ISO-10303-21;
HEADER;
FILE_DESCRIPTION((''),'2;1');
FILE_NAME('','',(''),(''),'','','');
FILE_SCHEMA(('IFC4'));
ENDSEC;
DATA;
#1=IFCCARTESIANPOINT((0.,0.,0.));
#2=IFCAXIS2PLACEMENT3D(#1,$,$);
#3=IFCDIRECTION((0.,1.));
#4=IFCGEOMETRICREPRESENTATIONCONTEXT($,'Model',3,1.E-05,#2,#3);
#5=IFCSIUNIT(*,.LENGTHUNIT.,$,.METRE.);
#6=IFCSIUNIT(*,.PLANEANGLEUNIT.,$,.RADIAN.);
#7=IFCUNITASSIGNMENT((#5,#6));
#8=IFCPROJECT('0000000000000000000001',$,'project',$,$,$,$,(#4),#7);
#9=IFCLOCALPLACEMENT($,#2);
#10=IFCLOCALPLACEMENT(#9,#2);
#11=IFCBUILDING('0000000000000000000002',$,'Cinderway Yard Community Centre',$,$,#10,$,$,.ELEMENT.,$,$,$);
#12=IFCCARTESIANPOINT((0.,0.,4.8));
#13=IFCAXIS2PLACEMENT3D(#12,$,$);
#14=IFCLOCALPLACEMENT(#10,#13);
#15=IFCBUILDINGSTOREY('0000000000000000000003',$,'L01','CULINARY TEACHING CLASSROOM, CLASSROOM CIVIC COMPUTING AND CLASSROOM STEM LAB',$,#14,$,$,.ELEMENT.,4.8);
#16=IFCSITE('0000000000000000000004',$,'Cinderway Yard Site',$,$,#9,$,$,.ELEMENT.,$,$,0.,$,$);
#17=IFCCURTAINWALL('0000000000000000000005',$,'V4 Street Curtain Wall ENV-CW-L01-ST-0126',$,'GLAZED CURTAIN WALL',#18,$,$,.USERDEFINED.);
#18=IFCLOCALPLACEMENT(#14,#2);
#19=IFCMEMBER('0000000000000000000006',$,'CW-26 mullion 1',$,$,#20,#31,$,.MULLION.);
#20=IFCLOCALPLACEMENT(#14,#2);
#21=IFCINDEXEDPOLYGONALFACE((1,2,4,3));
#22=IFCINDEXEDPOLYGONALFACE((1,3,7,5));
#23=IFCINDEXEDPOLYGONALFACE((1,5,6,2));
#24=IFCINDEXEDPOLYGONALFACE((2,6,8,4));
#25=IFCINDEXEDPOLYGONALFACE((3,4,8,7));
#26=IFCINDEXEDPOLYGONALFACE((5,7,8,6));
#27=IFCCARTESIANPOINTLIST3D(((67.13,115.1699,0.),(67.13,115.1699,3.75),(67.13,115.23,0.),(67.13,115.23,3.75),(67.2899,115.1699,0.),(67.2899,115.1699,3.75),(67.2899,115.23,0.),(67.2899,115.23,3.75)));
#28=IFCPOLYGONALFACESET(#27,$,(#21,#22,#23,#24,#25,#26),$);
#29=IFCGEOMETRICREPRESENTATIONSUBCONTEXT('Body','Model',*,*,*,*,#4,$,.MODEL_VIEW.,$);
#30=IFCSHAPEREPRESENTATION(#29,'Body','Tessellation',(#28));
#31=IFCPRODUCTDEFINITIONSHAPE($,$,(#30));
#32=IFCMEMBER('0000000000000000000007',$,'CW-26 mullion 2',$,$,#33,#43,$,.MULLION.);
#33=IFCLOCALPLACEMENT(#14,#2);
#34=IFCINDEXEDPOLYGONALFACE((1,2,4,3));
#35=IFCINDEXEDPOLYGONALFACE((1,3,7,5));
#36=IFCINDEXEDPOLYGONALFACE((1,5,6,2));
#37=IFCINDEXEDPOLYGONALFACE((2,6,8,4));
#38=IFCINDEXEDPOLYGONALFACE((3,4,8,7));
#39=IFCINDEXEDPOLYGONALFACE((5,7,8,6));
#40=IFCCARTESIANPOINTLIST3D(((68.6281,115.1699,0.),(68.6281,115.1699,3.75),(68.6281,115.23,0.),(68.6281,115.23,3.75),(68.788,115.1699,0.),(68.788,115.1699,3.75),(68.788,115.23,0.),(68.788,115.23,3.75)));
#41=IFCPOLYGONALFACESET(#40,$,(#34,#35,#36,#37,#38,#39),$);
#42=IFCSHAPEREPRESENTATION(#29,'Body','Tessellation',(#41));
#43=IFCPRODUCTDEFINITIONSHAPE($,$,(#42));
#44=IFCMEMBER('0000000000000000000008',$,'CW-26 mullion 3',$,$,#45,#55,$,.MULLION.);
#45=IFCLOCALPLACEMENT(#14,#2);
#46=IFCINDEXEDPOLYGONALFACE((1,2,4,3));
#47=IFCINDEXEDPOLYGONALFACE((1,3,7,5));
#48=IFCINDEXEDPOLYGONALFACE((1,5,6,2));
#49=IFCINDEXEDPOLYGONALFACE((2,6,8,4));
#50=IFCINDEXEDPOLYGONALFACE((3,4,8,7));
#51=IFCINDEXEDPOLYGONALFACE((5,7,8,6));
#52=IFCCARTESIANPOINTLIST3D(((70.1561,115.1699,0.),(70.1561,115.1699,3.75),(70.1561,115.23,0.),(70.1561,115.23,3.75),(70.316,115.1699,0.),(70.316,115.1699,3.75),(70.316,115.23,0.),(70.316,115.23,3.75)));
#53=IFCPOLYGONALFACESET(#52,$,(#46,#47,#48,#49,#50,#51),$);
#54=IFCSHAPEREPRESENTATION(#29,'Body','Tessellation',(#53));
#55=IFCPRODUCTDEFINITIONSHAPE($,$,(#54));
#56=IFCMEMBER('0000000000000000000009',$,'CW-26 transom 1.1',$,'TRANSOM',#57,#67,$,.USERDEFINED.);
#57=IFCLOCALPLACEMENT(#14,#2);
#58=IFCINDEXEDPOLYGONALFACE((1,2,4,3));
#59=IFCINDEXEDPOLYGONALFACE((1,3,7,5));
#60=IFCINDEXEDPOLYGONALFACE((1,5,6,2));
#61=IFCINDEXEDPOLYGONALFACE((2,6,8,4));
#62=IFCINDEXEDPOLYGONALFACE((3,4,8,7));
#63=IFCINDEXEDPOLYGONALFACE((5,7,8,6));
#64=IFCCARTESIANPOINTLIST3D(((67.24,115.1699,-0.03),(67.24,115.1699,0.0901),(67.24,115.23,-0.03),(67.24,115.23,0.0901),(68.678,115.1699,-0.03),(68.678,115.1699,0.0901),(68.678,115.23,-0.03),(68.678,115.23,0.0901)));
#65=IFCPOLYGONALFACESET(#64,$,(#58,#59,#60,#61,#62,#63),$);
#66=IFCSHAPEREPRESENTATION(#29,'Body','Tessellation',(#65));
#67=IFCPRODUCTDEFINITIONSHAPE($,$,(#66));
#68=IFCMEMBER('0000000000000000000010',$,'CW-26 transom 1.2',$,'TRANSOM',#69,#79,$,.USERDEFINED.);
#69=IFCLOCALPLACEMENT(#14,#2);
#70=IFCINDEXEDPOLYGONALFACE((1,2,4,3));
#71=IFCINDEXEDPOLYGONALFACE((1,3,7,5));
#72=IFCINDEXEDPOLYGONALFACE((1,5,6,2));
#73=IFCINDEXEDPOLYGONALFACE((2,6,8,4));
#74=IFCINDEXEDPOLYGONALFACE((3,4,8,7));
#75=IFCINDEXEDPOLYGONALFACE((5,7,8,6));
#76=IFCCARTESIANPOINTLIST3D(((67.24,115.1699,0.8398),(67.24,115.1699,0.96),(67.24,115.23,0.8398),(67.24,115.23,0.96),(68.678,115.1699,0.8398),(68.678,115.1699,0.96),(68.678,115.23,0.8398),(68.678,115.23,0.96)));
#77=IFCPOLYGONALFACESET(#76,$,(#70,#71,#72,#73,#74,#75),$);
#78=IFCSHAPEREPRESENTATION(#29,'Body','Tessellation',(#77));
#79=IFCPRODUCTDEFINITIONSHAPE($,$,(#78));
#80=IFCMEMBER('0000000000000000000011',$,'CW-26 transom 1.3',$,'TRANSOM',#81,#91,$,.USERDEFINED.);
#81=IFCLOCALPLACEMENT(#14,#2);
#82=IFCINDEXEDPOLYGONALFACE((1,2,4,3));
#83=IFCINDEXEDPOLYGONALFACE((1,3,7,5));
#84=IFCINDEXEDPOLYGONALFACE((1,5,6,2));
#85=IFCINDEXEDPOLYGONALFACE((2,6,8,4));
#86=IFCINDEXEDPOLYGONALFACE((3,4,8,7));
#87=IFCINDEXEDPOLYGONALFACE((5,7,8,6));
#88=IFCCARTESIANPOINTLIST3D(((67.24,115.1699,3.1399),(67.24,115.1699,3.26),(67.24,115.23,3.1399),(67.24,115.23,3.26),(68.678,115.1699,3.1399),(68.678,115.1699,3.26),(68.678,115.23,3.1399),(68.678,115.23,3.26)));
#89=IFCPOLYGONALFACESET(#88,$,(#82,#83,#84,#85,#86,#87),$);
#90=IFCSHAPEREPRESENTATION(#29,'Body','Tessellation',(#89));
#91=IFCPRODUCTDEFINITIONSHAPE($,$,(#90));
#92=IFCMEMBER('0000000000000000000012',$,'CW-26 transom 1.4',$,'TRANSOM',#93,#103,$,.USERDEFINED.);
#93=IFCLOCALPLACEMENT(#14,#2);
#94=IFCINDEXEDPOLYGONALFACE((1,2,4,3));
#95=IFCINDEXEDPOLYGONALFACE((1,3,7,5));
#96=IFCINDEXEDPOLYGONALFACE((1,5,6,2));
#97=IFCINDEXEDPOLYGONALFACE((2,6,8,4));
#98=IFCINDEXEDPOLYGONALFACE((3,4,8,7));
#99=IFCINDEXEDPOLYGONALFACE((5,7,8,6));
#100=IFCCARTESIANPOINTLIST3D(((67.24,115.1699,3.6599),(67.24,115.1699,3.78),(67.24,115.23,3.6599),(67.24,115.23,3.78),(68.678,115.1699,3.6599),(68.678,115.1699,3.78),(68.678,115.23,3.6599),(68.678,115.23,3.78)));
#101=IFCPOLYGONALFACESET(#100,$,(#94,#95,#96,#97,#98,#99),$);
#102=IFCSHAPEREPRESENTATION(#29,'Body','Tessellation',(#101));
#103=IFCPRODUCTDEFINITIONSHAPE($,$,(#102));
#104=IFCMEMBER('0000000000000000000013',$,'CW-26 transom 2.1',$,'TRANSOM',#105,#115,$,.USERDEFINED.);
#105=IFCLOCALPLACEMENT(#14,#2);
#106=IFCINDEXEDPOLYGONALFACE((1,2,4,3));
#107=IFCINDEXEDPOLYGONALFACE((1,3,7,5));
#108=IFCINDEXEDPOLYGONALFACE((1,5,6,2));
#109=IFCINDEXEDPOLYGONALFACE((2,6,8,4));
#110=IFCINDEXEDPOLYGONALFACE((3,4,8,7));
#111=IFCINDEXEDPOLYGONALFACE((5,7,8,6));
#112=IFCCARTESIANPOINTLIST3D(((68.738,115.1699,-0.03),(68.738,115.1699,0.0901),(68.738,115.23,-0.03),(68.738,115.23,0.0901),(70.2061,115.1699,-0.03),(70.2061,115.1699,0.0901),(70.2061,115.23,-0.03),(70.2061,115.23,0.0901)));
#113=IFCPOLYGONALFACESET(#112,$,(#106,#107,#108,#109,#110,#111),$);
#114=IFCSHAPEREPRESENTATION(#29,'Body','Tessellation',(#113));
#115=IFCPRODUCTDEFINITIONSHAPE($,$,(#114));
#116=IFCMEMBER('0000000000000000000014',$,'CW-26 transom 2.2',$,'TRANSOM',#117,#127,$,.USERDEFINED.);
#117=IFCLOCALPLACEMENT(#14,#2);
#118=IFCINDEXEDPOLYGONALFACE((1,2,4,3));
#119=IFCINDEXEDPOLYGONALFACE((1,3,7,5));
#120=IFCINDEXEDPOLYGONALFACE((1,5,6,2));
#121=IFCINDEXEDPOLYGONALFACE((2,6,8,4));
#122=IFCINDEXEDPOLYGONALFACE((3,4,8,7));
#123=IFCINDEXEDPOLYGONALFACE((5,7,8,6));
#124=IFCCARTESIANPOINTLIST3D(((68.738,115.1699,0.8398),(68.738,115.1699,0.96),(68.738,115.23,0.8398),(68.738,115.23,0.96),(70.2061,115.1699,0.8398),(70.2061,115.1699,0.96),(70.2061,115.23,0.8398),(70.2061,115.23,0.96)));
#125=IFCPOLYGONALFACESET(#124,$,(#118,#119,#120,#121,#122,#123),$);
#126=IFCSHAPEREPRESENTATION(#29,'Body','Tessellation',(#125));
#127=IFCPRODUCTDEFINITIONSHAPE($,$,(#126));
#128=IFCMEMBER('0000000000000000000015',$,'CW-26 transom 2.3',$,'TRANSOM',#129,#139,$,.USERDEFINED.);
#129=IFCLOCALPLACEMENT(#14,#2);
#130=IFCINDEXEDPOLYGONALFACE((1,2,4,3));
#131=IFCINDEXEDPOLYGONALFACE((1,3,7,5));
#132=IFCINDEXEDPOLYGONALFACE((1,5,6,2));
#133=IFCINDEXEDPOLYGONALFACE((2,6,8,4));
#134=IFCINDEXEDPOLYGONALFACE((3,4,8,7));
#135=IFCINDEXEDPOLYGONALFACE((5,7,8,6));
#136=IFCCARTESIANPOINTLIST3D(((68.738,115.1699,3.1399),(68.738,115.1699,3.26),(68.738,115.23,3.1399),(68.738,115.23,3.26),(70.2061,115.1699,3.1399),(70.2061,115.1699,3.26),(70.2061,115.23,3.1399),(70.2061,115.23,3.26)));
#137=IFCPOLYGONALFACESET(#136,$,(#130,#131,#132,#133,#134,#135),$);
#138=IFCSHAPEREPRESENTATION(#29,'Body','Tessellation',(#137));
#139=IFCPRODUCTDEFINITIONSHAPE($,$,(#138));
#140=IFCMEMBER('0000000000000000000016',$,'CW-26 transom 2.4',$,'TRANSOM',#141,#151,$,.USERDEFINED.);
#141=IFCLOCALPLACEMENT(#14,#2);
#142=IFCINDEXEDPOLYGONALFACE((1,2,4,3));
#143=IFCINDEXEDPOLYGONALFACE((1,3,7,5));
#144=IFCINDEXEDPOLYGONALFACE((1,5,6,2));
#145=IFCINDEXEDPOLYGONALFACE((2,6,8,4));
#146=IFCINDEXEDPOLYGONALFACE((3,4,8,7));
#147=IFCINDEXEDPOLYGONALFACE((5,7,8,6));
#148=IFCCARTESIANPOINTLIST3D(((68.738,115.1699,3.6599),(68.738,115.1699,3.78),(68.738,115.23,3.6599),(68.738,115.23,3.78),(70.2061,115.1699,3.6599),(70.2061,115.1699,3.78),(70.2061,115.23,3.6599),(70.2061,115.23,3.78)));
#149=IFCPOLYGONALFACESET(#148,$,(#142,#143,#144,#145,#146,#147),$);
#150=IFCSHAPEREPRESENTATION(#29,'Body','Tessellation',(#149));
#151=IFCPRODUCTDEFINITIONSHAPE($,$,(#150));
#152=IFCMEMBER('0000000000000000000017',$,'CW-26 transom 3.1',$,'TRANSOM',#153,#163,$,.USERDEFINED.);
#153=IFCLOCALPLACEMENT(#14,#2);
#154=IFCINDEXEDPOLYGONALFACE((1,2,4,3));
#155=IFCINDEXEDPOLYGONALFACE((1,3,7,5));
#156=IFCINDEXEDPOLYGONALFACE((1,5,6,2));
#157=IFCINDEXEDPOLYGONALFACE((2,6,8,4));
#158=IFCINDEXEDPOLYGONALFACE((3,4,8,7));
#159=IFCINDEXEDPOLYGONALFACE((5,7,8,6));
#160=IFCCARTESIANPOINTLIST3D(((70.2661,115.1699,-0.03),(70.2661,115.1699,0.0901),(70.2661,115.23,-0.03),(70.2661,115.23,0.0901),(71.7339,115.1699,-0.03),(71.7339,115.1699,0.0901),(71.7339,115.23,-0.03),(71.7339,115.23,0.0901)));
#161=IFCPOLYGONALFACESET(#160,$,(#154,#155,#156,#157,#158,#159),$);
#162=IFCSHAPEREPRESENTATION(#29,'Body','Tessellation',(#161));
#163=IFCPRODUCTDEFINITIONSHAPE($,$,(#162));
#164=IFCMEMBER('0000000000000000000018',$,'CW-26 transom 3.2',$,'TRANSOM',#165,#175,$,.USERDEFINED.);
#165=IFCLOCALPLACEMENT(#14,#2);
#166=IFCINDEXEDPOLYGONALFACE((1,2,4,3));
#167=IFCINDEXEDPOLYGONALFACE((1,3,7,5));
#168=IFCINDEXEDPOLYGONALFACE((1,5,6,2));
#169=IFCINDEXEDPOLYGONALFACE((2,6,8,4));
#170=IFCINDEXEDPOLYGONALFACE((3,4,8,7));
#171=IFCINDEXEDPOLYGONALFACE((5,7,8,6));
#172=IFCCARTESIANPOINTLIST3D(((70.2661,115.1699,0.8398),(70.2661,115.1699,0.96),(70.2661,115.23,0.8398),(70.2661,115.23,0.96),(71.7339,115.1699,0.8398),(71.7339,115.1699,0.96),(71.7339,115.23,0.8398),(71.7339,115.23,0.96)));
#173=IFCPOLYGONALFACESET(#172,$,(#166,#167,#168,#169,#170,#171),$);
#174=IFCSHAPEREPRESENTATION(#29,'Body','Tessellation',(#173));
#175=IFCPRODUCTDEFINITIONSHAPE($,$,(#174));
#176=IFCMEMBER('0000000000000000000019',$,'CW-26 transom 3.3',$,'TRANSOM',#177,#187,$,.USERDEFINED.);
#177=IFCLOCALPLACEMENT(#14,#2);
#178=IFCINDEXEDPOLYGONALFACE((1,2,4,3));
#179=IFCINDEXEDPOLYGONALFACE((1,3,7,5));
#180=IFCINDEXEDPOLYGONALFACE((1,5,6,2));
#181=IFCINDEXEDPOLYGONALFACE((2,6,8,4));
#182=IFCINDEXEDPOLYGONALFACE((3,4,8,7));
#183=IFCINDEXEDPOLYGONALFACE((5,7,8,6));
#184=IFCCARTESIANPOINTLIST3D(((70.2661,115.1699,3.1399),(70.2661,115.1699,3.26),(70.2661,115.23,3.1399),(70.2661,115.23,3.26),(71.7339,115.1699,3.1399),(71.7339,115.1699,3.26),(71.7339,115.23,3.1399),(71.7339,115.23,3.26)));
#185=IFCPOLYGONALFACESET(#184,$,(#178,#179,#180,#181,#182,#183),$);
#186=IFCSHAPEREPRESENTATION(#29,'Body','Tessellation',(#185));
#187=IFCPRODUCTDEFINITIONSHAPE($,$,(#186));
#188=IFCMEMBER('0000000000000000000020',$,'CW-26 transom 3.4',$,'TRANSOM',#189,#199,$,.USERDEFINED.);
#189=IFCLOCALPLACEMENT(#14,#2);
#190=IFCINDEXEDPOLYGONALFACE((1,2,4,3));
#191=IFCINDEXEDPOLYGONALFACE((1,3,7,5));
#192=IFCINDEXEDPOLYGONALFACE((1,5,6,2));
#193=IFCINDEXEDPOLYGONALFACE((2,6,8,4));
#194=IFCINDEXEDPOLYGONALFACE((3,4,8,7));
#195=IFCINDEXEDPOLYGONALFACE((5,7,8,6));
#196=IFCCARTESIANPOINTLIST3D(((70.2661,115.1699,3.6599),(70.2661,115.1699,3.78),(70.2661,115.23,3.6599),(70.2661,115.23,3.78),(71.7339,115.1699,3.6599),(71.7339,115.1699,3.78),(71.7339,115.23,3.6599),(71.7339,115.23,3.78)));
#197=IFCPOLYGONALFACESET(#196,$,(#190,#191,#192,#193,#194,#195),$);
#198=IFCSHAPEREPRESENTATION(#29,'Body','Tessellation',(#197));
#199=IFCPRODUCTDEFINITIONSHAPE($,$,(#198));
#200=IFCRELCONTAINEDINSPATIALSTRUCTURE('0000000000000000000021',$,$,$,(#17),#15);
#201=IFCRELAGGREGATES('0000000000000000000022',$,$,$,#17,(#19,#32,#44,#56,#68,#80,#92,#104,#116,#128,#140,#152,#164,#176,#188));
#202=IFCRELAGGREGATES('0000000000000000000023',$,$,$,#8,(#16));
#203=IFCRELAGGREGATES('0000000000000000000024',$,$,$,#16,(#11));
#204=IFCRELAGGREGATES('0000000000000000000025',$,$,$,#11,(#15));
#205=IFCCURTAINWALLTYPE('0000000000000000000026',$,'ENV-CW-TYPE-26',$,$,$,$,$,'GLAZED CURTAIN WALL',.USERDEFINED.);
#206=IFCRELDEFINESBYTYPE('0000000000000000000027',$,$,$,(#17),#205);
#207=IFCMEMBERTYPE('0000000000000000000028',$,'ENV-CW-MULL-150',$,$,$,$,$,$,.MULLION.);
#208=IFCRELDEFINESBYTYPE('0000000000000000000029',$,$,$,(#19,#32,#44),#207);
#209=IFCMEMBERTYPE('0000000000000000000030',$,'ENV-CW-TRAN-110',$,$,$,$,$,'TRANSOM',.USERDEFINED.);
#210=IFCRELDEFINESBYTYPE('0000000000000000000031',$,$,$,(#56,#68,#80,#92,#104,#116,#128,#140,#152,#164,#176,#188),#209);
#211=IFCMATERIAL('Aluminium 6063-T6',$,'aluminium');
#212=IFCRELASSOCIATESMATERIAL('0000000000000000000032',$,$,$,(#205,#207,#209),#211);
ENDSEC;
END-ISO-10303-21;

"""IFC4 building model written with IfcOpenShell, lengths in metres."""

from ifc_helpers import new_model, si_unit, direction, frame, origin, origin_2d, place, context, subcontext, project, spatial, rectangle, extrude, material, material_profile, profile_set, type_object, element, aggregate, save


model = new_model("IFC4")

# Units and contexts
model_context = context("Model", 3, precision=1e-05, world=origin(), true_north=direction((0.0, 1.0)))
body_context = subcontext(model_context, "Body", "Model", "MODEL_VIEW")
ifc_project = project(units=[si_unit("LENGTHUNIT", "METRE"), si_unit("PLANEANGLEUNIT", "RADIAN")], contexts=[model_context])

# Site, building, storey
site_placement = place(None, origin())
site = spatial("IfcSite", under=ifc_project, at=site_placement, Name="Cinderway Yard Site", CompositionType="ELEMENT", RefElevation=0.0)
building_placement = place(site_placement, origin())
building = spatial("IfcBuilding", under=site, at=building_placement, Name="Cinderway Yard Community Centre", CompositionType="ELEMENT")
storey_placement = place(building_placement, frame((0.0, 0.0, 4.8)))
storey = spatial("IfcBuildingStorey", under=building, at=storey_placement, Name="L01", Description="CULINARY TEACHING CLASSROOM, CLASSROOM CIVIC COMPUTING AND CLASSROOM STEM LAB", CompositionType="ELEMENT", Elevation=4.8)

# Curtain wall, members
ifc_material_1 = material(Name="Aluminium 6063-T6", Category="aluminium")
curtain_wall_type = type_object("IfcCurtainWallType", Name="ENV-CW-TYPE-26", ElementType="GLAZED CURTAIN WALL", PredefinedType="USERDEFINED", material=ifc_material_1)
curtain_wall_placement = place(storey_placement, origin())
curtain_wall = element("IfcCurtainWall", 1, at=curtain_wall_placement, inside=storey, type_object=curtain_wall_type, Name="V4 Street Curtain Wall ENV-CW-L01-ST-0126", ObjectType="GLAZED CURTAIN WALL", PredefinedType="USERDEFINED")
ifc_material_profile_1 = material_profile(ifc_material_1, rectangle(XDim=0.0601, YDim=0.1599, at=origin_2d()), Name="Aluminium 6063-T6")
ifc_profile_set_1 = profile_set([ifc_material_profile_1], Name="Aluminium 6063-T6")
member_type_1 = type_object("IfcMemberType", Name="ENV-CW-MULL-150", PredefinedType="MULLION", material=ifc_profile_set_1)
member_1_placement = place(storey_placement, frame((67.21, 115.2, 0.0), z_axis=(0.0, 0.0, 1.0), x_axis=(0.0, 1.0, 0.0)))
member_1 = element("IfcMember", 2, at=member_1_placement, type_object=member_type_1, Name="CW-26 mullion 1", PredefinedType="MULLION", context=body_context, shape_type="SweptSolid", body=[
    extrude(rectangle(XDim=0.0601, YDim=0.1599, at=origin_2d()), origin(), (0.0, 0.0, 1.0), 3.75),
])
member_2_placement = place(storey_placement, frame((68.708, 115.2, 0.0), z_axis=(0.0, 0.0, 1.0), x_axis=(0.0, 1.0, 0.0)))
member_2 = element("IfcMember", 3, at=member_2_placement, type_object=member_type_1, Name="CW-26 mullion 2", PredefinedType="MULLION", context=body_context, shape_type="SweptSolid", body=[
    extrude(rectangle(XDim=0.0601, YDim=0.1599, at=origin_2d()), origin(), (0.0, 0.0, 1.0), 3.75),
])
member_3_placement = place(storey_placement, frame((70.2361, 115.2, 0.0), z_axis=(0.0, 0.0, 1.0), x_axis=(0.0, 1.0, 0.0)))
member_3 = element("IfcMember", 4, at=member_3_placement, type_object=member_type_1, Name="CW-26 mullion 3", PredefinedType="MULLION", context=body_context, shape_type="SweptSolid", body=[
    extrude(rectangle(XDim=0.0601, YDim=0.1599, at=origin_2d()), origin(), (0.0, 0.0, 1.0), 3.75),
])
ifc_material_profile_2 = material_profile(ifc_material_1, rectangle(XDim=0.0601, YDim=0.1201, at=origin_2d()), Name="Aluminium 6063-T6")
ifc_profile_set_2 = profile_set([ifc_material_profile_2], Name="Aluminium 6063-T6")
member_type_2 = type_object("IfcMemberType", Name="ENV-CW-TRAN-110", ElementType="TRANSOM", PredefinedType="USERDEFINED", material=ifc_profile_set_2)
member_4_placement = place(storey_placement, frame((67.24, 115.2, 0.03), z_axis=(1.0, 0.0, 0.0), x_axis=(0.0, 1.0, 0.0)))
member_4 = element("IfcMember", 5, at=member_4_placement, type_object=member_type_2, Name="CW-26 transom 1.1", ObjectType="TRANSOM", PredefinedType="USERDEFINED", context=body_context, shape_type="SweptSolid", body=[
    extrude(rectangle(XDim=0.0601, YDim=0.1201, at=origin_2d()), origin(), (0.0, 0.0, 1.0), 1.438),
])
member_5_placement = place(storey_placement, frame((67.24, 115.2, 0.8999), z_axis=(1.0, 0.0, 0.0), x_axis=(0.0, 1.0, 0.0)))
member_5 = element("IfcMember", 6, at=member_5_placement, type_object=member_type_2, Name="CW-26 transom 1.2", ObjectType="TRANSOM", PredefinedType="USERDEFINED", context=body_context, shape_type="SweptSolid", body=[
    extrude(rectangle(XDim=0.0601, YDim=0.1201, at=origin_2d()), origin(), (0.0, 0.0, 1.0), 1.438),
])
member_6_placement = place(storey_placement, frame((67.24, 115.2, 3.2), z_axis=(1.0, 0.0, 0.0), x_axis=(0.0, 1.0, 0.0)))
member_6 = element("IfcMember", 7, at=member_6_placement, type_object=member_type_2, Name="CW-26 transom 1.3", ObjectType="TRANSOM", PredefinedType="USERDEFINED", context=body_context, shape_type="SweptSolid", body=[
    extrude(rectangle(XDim=0.0601, YDim=0.1201, at=origin_2d()), origin(), (0.0, 0.0, 1.0), 1.438),
])
member_7_placement = place(storey_placement, frame((67.24, 115.2, 3.72), z_axis=(1.0, 0.0, 0.0), x_axis=(0.0, 1.0, 0.0)))
member_7 = element("IfcMember", 8, at=member_7_placement, type_object=member_type_2, Name="CW-26 transom 1.4", ObjectType="TRANSOM", PredefinedType="USERDEFINED", context=body_context, shape_type="SweptSolid", body=[
    extrude(rectangle(XDim=0.0601, YDim=0.1201, at=origin_2d()), origin(), (0.0, 0.0, 1.0), 1.438),
])
member_8_placement = place(storey_placement, frame((68.738, 115.2, 0.03), z_axis=(1.0, 0.0, 0.0), x_axis=(0.0, 1.0, 0.0)))
member_8 = element("IfcMember", 9, at=member_8_placement, type_object=member_type_2, Name="CW-26 transom 2.1", ObjectType="TRANSOM", PredefinedType="USERDEFINED", context=body_context, shape_type="SweptSolid", body=[
    extrude(rectangle(XDim=0.0601, YDim=0.1201, at=origin_2d()), origin(), (0.0, 0.0, 1.0), 1.468),
])
member_9_placement = place(storey_placement, frame((68.738, 115.2, 0.8999), z_axis=(1.0, 0.0, 0.0), x_axis=(0.0, 1.0, 0.0)))
member_9 = element("IfcMember", 10, at=member_9_placement, type_object=member_type_2, Name="CW-26 transom 2.2", ObjectType="TRANSOM", PredefinedType="USERDEFINED", context=body_context, shape_type="SweptSolid", body=[
    extrude(rectangle(XDim=0.0601, YDim=0.1201, at=origin_2d()), origin(), (0.0, 0.0, 1.0), 1.468),
])
member_10_placement = place(storey_placement, frame((68.738, 115.2, 3.2), z_axis=(1.0, 0.0, 0.0), x_axis=(0.0, 1.0, 0.0)))
member_10 = element("IfcMember", 11, at=member_10_placement, type_object=member_type_2, Name="CW-26 transom 2.3", ObjectType="TRANSOM", PredefinedType="USERDEFINED", context=body_context, shape_type="SweptSolid", body=[
    extrude(rectangle(XDim=0.0601, YDim=0.1201, at=origin_2d()), origin(), (0.0, 0.0, 1.0), 1.468),
])
member_11_placement = place(storey_placement, frame((68.738, 115.2, 3.72), z_axis=(1.0, 0.0, 0.0), x_axis=(0.0, 1.0, 0.0)))
member_11 = element("IfcMember", 12, at=member_11_placement, type_object=member_type_2, Name="CW-26 transom 2.4", ObjectType="TRANSOM", PredefinedType="USERDEFINED", context=body_context, shape_type="SweptSolid", body=[
    extrude(rectangle(XDim=0.0601, YDim=0.1201, at=origin_2d()), origin(), (0.0, 0.0, 1.0), 1.468),
])
member_12_placement = place(storey_placement, frame((70.2661, 115.2, 0.03), z_axis=(1.0, 0.0, 0.0), x_axis=(0.0, 1.0, 0.0)))
member_12 = element("IfcMember", 13, at=member_12_placement, type_object=member_type_2, Name="CW-26 transom 3.1", ObjectType="TRANSOM", PredefinedType="USERDEFINED", context=body_context, shape_type="SweptSolid", body=[
    extrude(rectangle(XDim=0.0601, YDim=0.1201, at=origin_2d()), origin(), (0.0, 0.0, 1.0), 1.4678),
])
member_13_placement = place(storey_placement, frame((70.2661, 115.2, 0.8999), z_axis=(1.0, 0.0, 0.0), x_axis=(0.0, 1.0, 0.0)))
member_13 = element("IfcMember", 14, at=member_13_placement, type_object=member_type_2, Name="CW-26 transom 3.2", ObjectType="TRANSOM", PredefinedType="USERDEFINED", context=body_context, shape_type="SweptSolid", body=[
    extrude(rectangle(XDim=0.0601, YDim=0.1201, at=origin_2d()), origin(), (0.0, 0.0, 1.0), 1.4678),
])
member_14_placement = place(storey_placement, frame((70.2661, 115.2, 3.2), z_axis=(1.0, 0.0, 0.0), x_axis=(0.0, 1.0, 0.0)))
member_14 = element("IfcMember", 15, at=member_14_placement, type_object=member_type_2, Name="CW-26 transom 3.3", ObjectType="TRANSOM", PredefinedType="USERDEFINED", context=body_context, shape_type="SweptSolid", body=[
    extrude(rectangle(XDim=0.0601, YDim=0.1201, at=origin_2d()), origin(), (0.0, 0.0, 1.0), 1.4678),
])
member_15_placement = place(storey_placement, frame((70.2661, 115.2, 3.72), z_axis=(1.0, 0.0, 0.0), x_axis=(0.0, 1.0, 0.0)))
member_15 = element("IfcMember", 16, at=member_15_placement, type_object=member_type_2, Name="CW-26 transom 3.4", ObjectType="TRANSOM", PredefinedType="USERDEFINED", context=body_context, shape_type="SweptSolid", body=[
    extrude(rectangle(XDim=0.0601, YDim=0.1201, at=origin_2d()), origin(), (0.0, 0.0, 1.0), 1.4678),
])

aggregate(curtain_wall, [member_1, member_2, member_3, member_4, member_5, member_6, member_7, member_8, member_9, member_10, member_11, member_12, member_13, member_14, member_15])

save(model, "model.ifc")
